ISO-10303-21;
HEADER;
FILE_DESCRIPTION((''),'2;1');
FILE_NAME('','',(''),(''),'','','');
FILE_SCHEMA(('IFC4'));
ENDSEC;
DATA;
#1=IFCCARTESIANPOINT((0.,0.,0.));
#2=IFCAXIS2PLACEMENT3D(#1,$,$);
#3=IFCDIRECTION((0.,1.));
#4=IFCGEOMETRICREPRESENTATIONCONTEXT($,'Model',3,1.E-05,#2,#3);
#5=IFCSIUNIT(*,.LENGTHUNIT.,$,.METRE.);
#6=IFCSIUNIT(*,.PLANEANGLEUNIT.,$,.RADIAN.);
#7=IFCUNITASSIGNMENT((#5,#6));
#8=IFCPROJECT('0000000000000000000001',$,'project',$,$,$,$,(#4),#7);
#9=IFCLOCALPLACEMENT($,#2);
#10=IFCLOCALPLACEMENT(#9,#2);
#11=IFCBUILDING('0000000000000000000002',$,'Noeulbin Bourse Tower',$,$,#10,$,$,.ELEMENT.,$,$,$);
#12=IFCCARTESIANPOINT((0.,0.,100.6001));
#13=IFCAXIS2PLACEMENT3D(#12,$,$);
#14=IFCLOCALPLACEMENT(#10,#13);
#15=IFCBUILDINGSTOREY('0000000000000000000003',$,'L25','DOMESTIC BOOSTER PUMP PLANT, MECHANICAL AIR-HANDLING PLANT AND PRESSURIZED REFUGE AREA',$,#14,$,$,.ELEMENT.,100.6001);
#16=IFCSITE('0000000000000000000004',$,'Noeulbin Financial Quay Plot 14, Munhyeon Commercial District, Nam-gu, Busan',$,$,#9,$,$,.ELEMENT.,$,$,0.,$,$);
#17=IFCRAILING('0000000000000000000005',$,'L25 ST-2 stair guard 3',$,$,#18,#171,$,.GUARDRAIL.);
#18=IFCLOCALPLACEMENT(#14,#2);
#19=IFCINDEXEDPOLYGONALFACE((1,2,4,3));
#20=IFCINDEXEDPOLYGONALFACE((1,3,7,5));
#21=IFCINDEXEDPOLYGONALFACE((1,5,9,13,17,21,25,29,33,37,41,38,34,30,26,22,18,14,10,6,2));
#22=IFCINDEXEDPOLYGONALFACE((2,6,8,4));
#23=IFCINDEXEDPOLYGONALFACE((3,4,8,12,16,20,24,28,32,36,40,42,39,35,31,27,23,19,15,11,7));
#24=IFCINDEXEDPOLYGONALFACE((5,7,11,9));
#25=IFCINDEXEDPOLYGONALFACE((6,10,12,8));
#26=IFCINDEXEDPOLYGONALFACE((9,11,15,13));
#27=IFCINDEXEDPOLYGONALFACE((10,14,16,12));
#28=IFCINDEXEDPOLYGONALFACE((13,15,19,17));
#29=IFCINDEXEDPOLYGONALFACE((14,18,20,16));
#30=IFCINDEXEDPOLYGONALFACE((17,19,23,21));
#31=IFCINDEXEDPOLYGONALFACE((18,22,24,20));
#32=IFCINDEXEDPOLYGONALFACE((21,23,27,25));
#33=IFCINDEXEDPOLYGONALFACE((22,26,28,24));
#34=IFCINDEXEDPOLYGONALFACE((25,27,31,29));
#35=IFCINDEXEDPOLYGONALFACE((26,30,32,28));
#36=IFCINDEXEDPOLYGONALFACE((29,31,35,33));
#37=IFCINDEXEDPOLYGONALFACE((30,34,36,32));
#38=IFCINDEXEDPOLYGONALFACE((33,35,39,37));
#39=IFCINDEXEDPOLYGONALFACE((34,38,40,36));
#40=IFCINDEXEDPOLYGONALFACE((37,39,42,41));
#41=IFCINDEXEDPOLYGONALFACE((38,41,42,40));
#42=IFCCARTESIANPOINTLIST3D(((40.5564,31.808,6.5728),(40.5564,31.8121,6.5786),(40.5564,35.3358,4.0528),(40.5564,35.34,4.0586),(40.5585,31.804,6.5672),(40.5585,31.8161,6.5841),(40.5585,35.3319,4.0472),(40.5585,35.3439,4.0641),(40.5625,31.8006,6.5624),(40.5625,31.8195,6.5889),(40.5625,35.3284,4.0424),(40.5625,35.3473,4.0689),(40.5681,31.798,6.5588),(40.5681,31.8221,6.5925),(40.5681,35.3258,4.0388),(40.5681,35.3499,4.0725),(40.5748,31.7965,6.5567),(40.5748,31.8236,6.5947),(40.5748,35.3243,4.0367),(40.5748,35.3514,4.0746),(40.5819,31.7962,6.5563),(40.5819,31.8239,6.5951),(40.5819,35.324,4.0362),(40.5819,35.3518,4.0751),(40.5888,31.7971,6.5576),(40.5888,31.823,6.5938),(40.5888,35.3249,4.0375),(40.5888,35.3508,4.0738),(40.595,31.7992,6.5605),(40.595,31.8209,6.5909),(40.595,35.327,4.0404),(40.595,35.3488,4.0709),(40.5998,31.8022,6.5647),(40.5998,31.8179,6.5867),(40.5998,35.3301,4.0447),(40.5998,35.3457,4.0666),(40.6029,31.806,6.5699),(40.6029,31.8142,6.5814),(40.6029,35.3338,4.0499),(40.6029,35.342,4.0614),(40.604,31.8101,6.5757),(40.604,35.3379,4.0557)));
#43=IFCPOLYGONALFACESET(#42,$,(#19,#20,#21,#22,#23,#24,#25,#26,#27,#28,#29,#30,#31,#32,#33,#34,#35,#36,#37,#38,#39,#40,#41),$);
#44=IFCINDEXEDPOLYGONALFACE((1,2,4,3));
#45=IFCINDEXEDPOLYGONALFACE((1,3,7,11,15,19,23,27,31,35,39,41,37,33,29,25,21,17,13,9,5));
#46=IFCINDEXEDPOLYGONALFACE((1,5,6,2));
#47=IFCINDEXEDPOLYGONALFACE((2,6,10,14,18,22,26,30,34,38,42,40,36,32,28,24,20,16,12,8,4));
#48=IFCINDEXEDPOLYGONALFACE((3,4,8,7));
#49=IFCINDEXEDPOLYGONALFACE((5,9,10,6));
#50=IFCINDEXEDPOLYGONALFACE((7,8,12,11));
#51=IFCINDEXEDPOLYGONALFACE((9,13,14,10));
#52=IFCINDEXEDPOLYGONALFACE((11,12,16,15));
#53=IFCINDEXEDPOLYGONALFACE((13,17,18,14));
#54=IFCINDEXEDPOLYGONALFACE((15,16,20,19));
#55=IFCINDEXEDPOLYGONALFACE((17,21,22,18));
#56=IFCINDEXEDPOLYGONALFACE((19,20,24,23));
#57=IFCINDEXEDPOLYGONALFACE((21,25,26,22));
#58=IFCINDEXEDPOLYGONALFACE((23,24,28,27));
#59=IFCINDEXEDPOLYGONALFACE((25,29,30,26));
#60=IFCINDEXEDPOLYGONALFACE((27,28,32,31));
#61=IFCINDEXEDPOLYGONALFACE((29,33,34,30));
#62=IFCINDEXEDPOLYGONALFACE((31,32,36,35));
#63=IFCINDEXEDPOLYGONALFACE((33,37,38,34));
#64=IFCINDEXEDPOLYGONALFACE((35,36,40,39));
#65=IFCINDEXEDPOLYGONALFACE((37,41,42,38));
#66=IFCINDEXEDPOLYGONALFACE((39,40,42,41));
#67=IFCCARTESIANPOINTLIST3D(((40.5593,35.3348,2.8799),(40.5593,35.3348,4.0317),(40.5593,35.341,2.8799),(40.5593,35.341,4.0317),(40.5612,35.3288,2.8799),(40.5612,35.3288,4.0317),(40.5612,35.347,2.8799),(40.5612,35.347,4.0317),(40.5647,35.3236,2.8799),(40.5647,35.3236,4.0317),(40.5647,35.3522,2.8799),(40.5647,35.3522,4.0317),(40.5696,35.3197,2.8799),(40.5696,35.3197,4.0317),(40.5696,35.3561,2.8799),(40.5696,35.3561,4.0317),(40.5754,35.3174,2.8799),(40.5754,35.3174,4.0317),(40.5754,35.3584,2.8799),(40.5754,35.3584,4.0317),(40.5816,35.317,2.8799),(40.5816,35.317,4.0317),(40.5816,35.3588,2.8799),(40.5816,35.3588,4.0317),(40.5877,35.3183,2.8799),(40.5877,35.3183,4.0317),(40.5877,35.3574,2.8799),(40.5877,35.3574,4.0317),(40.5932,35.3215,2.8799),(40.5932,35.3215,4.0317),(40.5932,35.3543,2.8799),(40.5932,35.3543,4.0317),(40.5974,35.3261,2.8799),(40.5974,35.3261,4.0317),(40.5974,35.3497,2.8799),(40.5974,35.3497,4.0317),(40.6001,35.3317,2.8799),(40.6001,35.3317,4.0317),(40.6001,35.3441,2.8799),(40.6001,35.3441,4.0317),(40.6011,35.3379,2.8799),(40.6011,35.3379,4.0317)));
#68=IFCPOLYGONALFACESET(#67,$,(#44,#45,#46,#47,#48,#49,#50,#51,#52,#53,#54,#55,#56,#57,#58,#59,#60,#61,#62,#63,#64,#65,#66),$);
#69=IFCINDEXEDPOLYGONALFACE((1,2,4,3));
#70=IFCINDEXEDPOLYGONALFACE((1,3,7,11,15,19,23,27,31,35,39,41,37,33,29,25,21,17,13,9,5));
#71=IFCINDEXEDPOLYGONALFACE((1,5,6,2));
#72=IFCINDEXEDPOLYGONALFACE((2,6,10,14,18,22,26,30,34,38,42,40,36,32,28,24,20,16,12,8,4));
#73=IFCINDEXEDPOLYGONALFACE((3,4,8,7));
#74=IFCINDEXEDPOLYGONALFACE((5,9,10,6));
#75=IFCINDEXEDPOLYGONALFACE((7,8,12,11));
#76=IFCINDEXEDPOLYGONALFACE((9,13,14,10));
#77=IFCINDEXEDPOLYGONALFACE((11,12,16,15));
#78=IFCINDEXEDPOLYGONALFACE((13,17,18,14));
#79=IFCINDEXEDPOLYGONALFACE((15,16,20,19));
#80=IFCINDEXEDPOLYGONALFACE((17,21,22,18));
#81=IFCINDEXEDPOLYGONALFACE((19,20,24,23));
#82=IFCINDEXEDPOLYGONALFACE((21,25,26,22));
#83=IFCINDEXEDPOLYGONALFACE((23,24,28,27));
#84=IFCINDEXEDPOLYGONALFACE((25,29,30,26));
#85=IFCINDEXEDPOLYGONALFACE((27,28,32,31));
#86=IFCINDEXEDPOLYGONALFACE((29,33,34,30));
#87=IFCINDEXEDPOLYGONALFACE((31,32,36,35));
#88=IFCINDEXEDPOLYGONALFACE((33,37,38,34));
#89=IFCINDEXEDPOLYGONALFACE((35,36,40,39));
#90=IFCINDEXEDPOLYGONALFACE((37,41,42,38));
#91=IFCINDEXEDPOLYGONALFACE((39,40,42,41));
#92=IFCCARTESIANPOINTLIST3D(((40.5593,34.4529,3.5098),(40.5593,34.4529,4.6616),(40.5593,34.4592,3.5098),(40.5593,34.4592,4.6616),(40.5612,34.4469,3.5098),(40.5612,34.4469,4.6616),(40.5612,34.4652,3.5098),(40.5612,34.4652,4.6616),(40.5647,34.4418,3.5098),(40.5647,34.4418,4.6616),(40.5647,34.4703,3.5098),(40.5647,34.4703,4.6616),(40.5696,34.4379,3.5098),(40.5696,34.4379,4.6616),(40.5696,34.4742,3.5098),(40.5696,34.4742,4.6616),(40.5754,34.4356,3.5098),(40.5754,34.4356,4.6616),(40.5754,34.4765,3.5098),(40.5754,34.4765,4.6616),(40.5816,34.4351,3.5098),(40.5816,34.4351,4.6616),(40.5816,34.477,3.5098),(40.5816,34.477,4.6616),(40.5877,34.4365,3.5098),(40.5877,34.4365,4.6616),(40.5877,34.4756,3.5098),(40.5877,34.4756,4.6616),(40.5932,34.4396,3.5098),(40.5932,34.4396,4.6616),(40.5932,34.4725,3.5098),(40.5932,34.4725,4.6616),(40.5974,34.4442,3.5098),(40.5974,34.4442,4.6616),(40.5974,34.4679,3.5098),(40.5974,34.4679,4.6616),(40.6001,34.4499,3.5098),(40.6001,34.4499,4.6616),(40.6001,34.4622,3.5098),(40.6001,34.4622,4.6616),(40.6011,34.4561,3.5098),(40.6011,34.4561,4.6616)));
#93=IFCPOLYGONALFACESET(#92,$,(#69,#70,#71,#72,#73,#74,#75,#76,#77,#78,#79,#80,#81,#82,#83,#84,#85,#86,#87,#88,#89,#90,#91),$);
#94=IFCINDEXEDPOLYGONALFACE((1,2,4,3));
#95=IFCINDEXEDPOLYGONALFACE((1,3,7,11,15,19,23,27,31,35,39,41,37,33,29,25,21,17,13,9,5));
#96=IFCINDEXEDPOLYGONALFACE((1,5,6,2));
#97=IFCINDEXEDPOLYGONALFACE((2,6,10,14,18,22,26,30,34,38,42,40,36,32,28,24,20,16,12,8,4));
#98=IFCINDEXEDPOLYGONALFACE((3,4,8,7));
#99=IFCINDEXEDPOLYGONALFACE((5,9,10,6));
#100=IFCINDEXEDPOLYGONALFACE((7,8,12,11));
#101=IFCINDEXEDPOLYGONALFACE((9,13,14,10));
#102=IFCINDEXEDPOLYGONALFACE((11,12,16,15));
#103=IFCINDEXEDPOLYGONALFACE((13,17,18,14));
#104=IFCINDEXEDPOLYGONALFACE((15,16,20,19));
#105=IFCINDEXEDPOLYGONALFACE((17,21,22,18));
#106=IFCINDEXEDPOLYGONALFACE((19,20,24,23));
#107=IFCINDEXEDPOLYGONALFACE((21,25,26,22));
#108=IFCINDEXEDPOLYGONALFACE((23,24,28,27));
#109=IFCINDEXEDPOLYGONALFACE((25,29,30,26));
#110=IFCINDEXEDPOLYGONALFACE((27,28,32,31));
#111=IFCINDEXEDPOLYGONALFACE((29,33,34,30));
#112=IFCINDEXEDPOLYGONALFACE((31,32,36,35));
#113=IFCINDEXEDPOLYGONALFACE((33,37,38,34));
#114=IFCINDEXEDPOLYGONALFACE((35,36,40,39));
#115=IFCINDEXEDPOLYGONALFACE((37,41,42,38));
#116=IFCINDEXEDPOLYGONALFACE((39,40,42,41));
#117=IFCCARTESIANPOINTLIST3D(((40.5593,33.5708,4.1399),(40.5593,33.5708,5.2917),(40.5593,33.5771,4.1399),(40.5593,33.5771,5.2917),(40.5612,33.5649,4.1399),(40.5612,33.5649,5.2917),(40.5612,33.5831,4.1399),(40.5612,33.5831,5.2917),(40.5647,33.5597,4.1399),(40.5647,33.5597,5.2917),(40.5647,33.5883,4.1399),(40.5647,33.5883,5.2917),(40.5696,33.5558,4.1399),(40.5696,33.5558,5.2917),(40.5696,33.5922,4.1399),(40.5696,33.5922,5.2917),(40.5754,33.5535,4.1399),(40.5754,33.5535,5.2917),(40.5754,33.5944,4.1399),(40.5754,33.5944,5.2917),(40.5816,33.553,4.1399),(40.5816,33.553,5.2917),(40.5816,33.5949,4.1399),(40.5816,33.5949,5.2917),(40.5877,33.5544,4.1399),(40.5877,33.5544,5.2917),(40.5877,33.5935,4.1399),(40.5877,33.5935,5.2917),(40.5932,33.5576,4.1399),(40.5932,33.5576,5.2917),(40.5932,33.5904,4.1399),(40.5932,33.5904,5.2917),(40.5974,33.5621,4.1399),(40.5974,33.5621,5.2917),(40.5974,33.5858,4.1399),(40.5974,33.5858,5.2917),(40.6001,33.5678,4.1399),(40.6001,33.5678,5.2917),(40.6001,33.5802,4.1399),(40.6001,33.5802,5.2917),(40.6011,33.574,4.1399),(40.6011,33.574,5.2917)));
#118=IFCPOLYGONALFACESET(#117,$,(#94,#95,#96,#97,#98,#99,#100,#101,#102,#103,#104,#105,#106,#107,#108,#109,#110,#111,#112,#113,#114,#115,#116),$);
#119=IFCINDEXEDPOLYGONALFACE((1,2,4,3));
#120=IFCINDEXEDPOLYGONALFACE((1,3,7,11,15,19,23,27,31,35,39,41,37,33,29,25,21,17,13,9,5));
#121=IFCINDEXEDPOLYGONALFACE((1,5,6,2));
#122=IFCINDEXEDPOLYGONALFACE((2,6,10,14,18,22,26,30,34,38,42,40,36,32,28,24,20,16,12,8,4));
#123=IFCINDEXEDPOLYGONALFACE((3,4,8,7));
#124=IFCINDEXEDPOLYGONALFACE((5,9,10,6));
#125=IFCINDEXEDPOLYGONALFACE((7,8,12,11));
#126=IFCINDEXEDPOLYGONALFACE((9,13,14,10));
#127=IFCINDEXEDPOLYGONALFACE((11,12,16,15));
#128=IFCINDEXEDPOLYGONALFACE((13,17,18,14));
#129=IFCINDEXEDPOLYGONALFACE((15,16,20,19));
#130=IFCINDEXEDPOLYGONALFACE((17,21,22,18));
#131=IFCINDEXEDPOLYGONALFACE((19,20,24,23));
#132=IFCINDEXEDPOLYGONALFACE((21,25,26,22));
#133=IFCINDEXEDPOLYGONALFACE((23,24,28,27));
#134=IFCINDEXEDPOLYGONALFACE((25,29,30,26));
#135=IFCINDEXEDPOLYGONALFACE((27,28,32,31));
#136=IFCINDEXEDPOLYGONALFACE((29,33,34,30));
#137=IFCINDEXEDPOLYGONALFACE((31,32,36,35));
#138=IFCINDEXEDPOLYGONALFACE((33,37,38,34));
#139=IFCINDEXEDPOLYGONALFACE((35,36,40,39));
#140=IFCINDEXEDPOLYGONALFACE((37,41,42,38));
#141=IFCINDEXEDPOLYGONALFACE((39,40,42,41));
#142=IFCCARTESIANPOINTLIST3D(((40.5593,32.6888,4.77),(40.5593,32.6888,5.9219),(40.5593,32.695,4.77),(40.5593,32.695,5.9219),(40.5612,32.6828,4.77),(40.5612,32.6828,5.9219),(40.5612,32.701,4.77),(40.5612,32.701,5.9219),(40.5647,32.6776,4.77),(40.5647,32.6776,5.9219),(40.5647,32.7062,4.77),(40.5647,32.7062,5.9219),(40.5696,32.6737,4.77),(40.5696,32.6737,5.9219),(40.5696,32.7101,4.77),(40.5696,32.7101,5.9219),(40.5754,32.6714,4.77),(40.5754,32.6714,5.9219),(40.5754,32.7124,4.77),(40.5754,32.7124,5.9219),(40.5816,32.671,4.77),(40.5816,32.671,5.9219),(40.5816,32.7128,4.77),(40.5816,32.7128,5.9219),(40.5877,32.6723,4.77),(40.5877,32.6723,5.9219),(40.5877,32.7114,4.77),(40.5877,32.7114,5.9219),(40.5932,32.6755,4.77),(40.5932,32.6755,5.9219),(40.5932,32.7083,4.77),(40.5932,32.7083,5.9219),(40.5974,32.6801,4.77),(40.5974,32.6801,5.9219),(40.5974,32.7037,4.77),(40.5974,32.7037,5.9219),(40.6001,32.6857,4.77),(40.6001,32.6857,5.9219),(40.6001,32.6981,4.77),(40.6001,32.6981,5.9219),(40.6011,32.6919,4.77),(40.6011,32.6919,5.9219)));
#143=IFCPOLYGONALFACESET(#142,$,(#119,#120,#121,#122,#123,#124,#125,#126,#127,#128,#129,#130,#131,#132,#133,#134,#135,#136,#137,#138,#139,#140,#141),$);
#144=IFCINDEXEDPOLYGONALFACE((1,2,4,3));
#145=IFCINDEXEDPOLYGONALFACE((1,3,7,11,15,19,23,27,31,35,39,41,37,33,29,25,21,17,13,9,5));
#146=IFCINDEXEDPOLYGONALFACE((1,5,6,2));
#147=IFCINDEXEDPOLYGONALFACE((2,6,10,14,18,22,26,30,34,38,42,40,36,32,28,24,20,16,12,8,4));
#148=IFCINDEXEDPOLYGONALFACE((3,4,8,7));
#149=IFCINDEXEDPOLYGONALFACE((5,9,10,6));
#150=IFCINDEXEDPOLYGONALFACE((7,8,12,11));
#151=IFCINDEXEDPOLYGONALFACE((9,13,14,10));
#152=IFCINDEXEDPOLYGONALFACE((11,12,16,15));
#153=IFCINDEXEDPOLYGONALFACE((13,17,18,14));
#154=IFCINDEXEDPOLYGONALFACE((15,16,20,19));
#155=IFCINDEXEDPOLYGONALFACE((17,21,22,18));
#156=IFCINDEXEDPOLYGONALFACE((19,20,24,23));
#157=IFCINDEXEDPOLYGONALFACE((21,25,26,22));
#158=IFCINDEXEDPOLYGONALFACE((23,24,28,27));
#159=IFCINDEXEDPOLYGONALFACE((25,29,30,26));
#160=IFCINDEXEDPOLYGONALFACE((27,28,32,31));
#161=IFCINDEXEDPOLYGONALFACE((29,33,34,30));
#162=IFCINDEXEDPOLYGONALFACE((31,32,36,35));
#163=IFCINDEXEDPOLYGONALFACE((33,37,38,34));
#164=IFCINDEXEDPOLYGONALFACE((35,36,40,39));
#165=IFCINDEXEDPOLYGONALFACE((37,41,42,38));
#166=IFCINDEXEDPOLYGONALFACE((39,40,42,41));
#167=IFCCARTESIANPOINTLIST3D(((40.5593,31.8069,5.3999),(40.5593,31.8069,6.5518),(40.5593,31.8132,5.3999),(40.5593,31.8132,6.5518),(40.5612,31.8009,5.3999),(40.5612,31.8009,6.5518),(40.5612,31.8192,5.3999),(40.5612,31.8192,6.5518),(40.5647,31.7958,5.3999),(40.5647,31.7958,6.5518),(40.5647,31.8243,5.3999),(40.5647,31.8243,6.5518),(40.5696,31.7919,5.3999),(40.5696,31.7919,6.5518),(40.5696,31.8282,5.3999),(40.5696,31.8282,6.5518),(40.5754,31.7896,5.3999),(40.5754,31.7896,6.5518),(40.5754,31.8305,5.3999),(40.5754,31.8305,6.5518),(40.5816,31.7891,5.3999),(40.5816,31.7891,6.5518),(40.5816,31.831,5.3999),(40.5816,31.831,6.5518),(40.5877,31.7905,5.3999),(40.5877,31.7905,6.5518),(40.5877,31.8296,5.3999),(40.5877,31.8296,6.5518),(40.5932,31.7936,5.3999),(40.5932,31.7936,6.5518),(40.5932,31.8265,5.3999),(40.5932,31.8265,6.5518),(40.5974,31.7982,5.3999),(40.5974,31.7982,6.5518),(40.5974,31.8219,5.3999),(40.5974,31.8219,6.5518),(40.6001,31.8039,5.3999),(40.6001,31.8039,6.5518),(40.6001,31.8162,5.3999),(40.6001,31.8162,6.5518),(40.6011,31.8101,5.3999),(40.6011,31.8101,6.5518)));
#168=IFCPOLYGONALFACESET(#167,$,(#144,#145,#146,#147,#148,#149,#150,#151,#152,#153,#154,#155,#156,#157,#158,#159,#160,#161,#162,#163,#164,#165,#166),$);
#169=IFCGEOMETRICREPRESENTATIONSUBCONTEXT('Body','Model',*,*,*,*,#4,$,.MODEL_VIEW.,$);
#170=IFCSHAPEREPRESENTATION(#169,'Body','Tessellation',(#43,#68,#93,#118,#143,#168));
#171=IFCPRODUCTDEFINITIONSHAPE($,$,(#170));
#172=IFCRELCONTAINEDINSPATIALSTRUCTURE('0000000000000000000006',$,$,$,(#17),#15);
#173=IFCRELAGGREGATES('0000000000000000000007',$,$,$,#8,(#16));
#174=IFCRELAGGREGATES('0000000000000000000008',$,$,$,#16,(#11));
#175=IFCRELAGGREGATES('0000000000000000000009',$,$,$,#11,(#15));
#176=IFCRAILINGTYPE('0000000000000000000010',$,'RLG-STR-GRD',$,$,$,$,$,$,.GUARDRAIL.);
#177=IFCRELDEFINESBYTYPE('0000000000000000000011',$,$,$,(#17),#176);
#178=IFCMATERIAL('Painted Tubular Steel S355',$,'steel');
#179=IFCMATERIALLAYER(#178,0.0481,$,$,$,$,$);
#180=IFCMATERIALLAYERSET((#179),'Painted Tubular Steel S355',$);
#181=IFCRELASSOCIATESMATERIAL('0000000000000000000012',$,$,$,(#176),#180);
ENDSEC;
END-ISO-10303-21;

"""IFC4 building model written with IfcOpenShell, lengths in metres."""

from ifc_helpers import new_model, si_unit, direction, frame, origin, origin_2d, place, context, subcontext, project, spatial, circle, extrude, material, layer, layer_set, type_object, element, save


model = new_model("IFC4")

# Units and contexts
model_context = context("Model", 3, precision=1e-05, world=origin(), true_north=direction((0.0, 1.0)))
body_context = subcontext(model_context, "Body", "Model", "MODEL_VIEW")
ifc_project = project(units=[si_unit("LENGTHUNIT", "METRE"), si_unit("PLANEANGLEUNIT", "RADIAN")], contexts=[model_context])

# Site, building, storey
site_placement = place(None, origin())
site = spatial("IfcSite", under=ifc_project, at=site_placement, Name="Noeulbin Financial Quay Plot 14, Munhyeon Commercial District, Nam-gu, Busan", CompositionType="ELEMENT", RefElevation=0.0)
building_placement = place(site_placement, origin())
building = spatial("IfcBuilding", under=site, at=building_placement, Name="Noeulbin Bourse Tower", CompositionType="ELEMENT")
storey_placement = place(building_placement, frame((0.0, 0.0, 100.6001)))
storey = spatial("IfcBuildingStorey", under=building, at=storey_placement, Name="L25", Description="DOMESTIC BOOSTER PUMP PLANT, MECHANICAL AIR-HANDLING PLANT AND PRESSURIZED REFUGE AREA", CompositionType="ELEMENT", Elevation=100.6001)

# Railing
ifc_material_1 = material(Name="Painted Tubular Steel S355", Category="steel")
ifc_layer_1 = layer(ifc_material_1, 0.0481)
ifc_layer_set_1 = layer_set([ifc_layer_1], Name="Painted Tubular Steel S355")
railing_type_1 = type_object("IfcRailingType", Name="RLG-STR-GRD", PredefinedType="GUARDRAIL", material=ifc_layer_set_1)
railing_1_placement = place(storey_placement, frame((40.5801, 35.3379, 2.8799)))
element("IfcRailing", 1, at=railing_1_placement, inside=storey, type_object=railing_type_1, Name="L25 ST-2 stair guard 3", PredefinedType="GUARDRAIL", context=body_context, shape_type="SweptSolid", body=[
    extrude(circle(Radius=0.0239, at=origin_2d()), frame((0.0, 0.0, 1.1758), z_axis=(0.0, -0.813718, 0.58126), x_axis=(1.0, 0.0, 0.0)), (0.0, 0.0, 1.0), 4.3354),
    extrude(circle(Radius=0.021, at=origin_2d()), origin(), (0.0, 0.0, 1.0), 1.1519),
    extrude(circle(Radius=0.021, at=origin_2d()), frame((0.0, -0.8818, 0.6299)), (0.0, 0.0, 1.0), 1.1519),
    extrude(circle(Radius=0.021, at=origin_2d()), frame((0.0, -1.7639, 1.26)), (0.0, 0.0, 1.0), 1.1519),
    extrude(circle(Radius=0.021, at=origin_2d()), frame((0.0, -2.646, 1.8901)), (0.0, 0.0, 1.0), 1.1519),
    extrude(circle(Radius=0.021, at=origin_2d()), frame((0.0, -3.5278, 2.52)), (0.0, 0.0, 1.0), 1.1519),
])

save(model, "model.ifc")
